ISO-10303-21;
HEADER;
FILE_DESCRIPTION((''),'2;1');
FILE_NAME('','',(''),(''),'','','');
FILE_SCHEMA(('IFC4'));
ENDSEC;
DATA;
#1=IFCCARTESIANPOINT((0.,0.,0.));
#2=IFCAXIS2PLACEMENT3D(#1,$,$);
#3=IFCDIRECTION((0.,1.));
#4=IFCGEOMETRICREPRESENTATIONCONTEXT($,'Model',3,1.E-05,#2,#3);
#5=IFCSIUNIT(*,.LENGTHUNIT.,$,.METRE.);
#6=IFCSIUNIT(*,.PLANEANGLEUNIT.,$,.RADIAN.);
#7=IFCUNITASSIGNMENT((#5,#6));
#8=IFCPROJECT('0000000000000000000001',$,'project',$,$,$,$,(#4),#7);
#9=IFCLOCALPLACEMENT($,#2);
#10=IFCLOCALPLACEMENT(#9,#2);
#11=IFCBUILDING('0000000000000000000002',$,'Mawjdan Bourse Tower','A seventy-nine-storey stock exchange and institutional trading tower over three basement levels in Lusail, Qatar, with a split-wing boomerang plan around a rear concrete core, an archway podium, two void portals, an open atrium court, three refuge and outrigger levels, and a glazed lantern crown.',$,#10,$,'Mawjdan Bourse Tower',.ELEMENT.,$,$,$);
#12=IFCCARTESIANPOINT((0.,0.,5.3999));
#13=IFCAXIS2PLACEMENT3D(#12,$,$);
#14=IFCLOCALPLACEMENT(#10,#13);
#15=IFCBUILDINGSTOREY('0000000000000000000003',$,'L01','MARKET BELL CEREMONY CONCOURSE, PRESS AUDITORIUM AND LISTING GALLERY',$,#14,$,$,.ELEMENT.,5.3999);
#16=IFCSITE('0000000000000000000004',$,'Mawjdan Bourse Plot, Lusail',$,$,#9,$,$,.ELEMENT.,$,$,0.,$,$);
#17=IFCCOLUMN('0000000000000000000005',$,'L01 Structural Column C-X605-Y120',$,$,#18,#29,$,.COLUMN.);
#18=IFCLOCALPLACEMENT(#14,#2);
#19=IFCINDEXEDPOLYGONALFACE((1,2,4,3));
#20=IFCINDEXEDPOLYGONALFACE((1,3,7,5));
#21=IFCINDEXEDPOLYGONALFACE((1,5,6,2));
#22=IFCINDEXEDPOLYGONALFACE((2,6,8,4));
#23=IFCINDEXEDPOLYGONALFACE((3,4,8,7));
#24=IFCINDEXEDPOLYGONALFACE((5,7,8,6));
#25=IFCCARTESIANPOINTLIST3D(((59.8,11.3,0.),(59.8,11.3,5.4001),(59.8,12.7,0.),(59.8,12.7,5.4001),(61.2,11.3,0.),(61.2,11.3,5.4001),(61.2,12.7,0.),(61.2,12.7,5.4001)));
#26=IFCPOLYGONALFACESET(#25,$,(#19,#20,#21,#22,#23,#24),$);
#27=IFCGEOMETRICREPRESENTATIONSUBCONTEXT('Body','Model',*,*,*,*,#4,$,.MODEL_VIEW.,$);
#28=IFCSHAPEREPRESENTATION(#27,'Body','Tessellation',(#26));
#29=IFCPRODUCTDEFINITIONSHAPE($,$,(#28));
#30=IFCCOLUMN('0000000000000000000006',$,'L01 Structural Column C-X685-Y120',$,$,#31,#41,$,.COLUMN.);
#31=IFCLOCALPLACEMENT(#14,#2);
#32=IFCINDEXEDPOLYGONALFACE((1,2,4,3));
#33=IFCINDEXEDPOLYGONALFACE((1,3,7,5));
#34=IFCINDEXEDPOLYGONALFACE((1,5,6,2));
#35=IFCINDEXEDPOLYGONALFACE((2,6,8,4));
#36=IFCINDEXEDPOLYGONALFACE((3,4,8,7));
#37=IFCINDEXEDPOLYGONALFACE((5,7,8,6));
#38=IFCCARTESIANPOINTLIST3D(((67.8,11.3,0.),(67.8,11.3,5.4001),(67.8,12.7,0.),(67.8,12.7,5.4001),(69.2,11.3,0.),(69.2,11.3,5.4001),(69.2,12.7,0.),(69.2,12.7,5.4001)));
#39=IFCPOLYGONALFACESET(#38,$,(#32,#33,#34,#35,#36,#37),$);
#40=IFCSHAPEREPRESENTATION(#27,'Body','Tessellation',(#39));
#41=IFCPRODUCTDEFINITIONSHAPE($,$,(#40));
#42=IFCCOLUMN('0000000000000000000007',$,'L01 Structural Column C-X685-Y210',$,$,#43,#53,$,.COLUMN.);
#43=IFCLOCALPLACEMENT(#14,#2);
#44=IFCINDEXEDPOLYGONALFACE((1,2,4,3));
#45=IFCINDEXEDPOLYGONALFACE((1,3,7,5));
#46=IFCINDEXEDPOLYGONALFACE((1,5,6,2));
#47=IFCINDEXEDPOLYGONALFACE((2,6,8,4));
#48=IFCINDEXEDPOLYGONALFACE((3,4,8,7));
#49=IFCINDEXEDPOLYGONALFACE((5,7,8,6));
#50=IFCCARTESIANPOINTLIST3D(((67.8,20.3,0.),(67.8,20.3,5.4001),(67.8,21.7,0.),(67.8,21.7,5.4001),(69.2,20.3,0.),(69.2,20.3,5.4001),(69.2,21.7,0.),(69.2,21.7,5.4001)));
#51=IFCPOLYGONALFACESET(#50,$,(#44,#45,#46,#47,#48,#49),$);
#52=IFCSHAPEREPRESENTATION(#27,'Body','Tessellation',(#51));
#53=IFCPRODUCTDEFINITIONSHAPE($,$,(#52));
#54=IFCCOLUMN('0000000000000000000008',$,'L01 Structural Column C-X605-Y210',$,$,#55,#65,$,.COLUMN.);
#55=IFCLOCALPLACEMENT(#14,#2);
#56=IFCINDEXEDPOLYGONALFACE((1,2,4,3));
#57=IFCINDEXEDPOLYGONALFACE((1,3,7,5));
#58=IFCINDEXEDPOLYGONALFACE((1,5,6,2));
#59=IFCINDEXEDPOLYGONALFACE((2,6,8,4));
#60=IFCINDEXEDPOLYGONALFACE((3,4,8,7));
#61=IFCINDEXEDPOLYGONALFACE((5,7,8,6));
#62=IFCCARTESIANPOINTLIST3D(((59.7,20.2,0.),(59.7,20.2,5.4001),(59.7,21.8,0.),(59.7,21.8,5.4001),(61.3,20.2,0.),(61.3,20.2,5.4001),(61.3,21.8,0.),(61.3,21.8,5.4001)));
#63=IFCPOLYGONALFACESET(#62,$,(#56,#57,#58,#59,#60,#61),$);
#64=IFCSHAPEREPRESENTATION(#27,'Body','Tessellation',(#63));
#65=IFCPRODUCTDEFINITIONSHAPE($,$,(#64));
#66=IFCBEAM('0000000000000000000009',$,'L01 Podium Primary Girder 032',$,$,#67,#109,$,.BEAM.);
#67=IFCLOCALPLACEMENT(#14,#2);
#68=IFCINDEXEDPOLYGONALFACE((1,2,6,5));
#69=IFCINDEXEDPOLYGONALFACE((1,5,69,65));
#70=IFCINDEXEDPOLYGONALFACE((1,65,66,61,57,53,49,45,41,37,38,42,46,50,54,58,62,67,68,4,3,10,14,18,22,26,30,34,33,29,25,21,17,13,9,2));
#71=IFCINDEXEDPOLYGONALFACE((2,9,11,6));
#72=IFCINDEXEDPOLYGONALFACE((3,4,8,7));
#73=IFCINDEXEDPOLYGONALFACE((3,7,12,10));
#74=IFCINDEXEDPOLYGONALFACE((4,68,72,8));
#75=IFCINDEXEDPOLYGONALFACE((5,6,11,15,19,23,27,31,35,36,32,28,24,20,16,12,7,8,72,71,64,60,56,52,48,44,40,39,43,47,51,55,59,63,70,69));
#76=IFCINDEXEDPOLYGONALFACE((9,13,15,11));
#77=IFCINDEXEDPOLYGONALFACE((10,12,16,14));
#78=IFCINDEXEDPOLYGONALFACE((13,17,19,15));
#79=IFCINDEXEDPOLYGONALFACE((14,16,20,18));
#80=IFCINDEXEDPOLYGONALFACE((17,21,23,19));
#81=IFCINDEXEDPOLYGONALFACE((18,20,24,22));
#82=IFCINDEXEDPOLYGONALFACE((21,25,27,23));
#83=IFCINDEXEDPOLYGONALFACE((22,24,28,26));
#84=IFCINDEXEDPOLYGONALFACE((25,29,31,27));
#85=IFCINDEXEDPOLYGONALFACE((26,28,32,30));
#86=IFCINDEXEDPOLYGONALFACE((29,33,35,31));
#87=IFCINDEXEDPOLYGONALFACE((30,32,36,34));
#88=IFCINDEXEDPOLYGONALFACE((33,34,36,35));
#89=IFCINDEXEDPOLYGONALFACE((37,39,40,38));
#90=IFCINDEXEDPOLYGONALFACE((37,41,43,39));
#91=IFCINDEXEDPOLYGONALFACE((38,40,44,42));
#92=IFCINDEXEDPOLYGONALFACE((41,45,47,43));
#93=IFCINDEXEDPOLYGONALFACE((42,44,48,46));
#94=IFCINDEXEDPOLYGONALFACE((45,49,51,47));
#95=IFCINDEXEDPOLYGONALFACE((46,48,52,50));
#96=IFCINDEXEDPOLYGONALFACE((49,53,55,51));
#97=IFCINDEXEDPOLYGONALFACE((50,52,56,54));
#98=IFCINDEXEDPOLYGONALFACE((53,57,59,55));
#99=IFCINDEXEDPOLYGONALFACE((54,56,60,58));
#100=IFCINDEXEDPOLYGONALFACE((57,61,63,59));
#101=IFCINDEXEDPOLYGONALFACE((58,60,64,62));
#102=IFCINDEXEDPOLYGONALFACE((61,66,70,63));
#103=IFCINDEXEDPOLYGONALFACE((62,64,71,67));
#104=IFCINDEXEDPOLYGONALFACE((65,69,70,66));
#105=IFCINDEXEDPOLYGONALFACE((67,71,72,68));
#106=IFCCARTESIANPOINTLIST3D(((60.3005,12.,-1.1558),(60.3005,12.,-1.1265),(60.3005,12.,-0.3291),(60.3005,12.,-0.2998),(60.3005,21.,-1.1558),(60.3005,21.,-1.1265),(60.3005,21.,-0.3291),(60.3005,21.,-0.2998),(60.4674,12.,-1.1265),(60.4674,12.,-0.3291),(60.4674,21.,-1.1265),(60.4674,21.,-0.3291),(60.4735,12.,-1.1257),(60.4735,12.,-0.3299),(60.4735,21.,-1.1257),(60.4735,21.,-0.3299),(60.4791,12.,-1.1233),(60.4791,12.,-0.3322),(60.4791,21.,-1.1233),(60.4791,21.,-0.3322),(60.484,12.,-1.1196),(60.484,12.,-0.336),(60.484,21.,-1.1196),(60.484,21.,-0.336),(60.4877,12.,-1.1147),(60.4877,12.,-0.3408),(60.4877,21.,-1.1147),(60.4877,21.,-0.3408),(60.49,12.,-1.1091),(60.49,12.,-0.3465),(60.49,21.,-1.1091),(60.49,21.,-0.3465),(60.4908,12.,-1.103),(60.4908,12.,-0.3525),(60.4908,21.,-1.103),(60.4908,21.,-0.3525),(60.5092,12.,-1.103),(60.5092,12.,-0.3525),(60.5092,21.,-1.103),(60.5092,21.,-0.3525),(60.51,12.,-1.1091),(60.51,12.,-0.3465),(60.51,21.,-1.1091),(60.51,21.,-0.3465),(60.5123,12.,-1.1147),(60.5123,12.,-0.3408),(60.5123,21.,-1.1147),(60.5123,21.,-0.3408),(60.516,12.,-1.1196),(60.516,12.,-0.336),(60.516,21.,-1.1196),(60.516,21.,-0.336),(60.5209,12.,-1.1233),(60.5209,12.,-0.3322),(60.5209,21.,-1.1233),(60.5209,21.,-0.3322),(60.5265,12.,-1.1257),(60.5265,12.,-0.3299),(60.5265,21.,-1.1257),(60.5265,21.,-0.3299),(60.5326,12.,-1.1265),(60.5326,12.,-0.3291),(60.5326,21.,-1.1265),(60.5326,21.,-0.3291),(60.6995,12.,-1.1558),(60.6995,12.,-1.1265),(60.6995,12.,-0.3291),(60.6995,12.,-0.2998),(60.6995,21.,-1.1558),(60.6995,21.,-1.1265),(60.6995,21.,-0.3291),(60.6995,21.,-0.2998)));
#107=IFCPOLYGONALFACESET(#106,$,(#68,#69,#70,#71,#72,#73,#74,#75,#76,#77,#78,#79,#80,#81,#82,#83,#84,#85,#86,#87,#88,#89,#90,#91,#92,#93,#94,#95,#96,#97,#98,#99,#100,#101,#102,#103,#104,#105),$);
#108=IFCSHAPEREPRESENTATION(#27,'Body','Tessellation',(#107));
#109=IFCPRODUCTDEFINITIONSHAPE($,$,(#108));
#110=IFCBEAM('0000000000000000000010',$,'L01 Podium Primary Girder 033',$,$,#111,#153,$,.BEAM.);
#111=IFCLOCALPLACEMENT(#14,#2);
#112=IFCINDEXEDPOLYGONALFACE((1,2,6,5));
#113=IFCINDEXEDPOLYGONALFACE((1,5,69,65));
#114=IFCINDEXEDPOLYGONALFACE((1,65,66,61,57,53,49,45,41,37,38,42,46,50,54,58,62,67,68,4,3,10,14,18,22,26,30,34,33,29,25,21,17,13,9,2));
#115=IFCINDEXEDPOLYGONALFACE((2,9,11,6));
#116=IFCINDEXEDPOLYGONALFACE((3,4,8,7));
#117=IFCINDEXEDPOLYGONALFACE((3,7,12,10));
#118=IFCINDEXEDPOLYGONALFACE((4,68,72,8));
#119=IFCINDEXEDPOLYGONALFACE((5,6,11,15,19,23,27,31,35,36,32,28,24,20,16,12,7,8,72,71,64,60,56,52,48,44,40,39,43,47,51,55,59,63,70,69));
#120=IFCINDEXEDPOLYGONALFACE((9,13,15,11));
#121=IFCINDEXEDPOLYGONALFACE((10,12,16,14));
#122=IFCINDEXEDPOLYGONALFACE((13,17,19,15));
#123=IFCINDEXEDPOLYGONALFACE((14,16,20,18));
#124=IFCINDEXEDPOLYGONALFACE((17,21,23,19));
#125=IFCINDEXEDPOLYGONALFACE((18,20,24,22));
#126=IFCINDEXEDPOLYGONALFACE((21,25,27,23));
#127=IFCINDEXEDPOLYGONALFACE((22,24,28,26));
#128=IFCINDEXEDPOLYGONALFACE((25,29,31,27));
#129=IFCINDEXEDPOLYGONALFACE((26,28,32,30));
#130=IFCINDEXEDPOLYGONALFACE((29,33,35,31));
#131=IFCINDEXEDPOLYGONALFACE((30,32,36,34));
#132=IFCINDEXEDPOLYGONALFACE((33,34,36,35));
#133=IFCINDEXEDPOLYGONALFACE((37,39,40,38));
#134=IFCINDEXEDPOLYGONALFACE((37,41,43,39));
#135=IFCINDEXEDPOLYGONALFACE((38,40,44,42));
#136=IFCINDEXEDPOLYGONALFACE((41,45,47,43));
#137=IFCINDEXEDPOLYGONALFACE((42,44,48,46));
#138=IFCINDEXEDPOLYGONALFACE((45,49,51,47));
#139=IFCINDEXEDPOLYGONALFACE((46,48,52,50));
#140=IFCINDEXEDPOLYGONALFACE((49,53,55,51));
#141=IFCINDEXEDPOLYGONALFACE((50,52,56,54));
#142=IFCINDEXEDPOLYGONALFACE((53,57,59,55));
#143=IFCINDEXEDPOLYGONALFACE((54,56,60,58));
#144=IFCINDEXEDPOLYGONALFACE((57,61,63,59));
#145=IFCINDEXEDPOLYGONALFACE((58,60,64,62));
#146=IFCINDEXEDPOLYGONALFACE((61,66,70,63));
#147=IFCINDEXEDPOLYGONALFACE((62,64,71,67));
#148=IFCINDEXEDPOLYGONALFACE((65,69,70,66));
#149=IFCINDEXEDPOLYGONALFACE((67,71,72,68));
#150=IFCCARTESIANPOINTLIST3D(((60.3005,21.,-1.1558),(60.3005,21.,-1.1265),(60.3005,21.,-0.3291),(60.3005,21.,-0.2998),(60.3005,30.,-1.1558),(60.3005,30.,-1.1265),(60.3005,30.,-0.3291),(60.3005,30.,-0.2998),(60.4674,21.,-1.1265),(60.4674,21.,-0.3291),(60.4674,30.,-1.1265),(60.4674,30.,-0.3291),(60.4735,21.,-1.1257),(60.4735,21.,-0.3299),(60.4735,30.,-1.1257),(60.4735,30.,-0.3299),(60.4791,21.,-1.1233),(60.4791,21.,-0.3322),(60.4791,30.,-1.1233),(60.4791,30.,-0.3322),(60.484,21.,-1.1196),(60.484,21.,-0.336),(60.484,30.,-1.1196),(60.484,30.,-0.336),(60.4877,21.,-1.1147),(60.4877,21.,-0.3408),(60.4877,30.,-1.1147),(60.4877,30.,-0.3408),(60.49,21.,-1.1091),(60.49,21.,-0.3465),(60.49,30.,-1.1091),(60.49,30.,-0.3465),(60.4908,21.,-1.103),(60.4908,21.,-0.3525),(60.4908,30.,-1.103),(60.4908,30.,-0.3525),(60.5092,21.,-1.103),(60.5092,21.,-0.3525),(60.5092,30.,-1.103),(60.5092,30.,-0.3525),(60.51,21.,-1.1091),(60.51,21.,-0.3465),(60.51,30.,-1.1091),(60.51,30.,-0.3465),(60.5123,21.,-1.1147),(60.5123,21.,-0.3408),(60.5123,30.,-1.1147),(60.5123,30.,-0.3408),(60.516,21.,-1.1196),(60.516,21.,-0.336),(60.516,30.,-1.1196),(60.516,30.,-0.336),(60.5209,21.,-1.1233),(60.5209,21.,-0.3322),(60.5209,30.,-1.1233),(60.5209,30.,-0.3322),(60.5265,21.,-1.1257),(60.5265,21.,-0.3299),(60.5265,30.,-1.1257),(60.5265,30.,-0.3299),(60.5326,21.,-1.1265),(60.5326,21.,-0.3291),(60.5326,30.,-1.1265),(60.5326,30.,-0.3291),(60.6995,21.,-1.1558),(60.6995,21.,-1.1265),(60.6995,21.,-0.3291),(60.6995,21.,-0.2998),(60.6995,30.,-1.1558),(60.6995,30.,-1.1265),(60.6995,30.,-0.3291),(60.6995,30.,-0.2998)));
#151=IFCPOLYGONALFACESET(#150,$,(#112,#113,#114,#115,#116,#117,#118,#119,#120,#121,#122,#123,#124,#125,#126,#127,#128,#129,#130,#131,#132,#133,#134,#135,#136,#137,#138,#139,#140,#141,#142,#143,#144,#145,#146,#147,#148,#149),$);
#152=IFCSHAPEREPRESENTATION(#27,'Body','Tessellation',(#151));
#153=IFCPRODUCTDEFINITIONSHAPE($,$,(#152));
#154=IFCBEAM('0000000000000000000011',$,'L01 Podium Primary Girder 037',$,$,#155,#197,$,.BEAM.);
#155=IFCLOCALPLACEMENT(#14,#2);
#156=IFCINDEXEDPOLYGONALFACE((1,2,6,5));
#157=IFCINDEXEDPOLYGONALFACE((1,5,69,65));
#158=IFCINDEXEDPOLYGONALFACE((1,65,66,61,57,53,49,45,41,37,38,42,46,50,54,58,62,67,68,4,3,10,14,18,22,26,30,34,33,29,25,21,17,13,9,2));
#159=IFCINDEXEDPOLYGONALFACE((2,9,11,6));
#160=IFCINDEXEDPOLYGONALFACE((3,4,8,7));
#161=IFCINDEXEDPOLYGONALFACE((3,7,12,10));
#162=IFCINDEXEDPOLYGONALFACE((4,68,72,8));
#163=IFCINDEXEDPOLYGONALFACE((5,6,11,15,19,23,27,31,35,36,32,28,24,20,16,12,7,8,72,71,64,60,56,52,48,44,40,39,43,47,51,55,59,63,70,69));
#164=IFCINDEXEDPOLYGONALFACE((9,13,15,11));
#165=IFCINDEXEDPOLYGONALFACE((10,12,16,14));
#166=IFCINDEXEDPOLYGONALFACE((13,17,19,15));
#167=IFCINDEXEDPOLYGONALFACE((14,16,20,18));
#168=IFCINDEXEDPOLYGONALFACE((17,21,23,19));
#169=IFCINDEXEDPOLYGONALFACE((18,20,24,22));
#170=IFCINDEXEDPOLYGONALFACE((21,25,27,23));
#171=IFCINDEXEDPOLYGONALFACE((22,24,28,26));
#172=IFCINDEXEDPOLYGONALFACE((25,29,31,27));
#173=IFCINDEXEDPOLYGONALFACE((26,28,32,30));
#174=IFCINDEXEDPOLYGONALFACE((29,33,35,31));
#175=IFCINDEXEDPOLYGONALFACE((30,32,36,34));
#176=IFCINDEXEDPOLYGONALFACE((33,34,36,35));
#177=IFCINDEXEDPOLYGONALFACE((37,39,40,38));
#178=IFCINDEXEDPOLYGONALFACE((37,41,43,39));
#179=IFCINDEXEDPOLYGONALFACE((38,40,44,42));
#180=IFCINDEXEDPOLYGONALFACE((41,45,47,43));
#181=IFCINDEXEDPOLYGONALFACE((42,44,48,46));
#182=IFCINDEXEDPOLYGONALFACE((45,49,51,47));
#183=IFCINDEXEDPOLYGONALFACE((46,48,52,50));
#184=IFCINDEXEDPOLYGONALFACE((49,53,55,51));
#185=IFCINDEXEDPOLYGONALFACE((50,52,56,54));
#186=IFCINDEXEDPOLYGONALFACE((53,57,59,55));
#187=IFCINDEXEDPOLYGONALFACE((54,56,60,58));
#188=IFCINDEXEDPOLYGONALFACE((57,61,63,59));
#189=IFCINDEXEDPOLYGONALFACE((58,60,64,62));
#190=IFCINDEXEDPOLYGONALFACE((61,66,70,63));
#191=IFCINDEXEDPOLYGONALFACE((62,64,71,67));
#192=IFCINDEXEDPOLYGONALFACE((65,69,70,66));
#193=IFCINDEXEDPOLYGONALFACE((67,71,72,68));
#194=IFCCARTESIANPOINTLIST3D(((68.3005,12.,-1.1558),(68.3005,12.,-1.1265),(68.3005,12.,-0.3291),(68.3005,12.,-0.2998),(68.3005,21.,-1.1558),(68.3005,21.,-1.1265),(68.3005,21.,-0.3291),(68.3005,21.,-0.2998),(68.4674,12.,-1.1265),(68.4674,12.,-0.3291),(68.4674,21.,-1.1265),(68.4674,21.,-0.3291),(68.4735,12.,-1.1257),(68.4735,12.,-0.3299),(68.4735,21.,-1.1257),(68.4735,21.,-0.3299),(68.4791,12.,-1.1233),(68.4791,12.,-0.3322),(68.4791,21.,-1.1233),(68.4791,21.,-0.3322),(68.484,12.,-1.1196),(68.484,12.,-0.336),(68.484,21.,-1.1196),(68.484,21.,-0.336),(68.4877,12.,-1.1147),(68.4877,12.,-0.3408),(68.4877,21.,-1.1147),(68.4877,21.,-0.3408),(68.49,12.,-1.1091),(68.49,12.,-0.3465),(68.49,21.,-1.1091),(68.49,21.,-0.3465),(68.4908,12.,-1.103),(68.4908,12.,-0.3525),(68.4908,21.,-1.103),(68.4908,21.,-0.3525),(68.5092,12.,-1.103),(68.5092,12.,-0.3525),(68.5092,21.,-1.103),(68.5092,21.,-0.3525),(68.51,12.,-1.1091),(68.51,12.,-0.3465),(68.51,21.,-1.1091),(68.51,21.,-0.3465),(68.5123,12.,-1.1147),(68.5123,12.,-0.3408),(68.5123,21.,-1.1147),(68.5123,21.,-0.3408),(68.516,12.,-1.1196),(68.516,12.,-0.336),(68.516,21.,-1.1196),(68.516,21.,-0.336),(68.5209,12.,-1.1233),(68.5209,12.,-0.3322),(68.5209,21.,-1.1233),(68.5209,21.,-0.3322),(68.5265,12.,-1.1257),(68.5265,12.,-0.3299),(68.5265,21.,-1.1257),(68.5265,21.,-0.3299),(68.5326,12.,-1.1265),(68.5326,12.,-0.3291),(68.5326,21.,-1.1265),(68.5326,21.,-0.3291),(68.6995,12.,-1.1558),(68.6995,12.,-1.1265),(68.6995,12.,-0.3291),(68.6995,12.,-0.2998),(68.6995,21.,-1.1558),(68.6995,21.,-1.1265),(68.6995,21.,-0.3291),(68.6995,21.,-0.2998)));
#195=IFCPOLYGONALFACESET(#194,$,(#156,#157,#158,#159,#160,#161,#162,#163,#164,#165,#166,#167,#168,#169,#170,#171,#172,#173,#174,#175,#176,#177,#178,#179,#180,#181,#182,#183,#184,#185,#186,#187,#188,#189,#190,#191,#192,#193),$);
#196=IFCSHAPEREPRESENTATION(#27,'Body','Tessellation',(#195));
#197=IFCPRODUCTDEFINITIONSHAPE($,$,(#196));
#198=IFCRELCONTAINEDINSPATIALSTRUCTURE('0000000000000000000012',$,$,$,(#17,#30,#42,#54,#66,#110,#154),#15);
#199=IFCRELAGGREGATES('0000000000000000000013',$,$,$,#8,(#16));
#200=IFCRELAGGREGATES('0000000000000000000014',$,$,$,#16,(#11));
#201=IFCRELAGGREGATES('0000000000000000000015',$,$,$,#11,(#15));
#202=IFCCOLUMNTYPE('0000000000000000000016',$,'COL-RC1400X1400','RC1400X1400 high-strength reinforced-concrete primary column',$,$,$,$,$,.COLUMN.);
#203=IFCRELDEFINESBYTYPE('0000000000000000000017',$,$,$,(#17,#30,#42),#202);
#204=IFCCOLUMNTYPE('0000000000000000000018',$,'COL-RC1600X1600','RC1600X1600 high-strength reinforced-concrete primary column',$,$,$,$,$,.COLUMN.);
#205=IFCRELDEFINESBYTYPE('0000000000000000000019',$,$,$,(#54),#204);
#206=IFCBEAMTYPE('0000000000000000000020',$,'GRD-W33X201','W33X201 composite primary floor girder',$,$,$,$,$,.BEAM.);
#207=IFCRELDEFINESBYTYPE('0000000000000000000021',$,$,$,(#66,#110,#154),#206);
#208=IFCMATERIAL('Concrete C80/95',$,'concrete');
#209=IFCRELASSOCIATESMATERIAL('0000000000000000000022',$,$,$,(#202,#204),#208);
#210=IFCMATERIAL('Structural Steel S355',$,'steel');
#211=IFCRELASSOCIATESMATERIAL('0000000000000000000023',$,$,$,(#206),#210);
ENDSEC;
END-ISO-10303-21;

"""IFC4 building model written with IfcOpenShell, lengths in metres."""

from ifc_helpers import new_model, si_unit, direction, frame, origin, origin_2d, place, context, subcontext, project, spatial, rectangle, i_section, extrude, material, material_profile, profile_set, type_object, element, save


model = new_model("IFC4")

# Units and contexts
model_context = context("Model", 3, precision=1e-05, world=origin(), true_north=direction((0.0, 1.0)))
body_context = subcontext(model_context, "Body", "Model", "MODEL_VIEW")
ifc_project = project(units=[si_unit("LENGTHUNIT", "METRE"), si_unit("PLANEANGLEUNIT", "RADIAN")], contexts=[model_context])

# Site, building, storey
site_placement = place(None, origin())
site = spatial("IfcSite", under=ifc_project, at=site_placement, Name="Mawjdan Bourse Plot, Lusail", CompositionType="ELEMENT", RefElevation=0.0)
building_placement = place(site_placement, origin())
building = spatial("IfcBuilding", under=site, at=building_placement, Name="Mawjdan Bourse Tower", Description="A seventy-nine-storey stock exchange and institutional trading tower over three basement levels in Lusail, Qatar, with a split-wing boomerang plan around a rear concrete core, an archway podium, two void portals, an open atrium court, three refuge and outrigger levels, and a glazed lantern crown.", LongName="Mawjdan Bourse Tower", CompositionType="ELEMENT")
storey_placement = place(building_placement, frame((0.0, 0.0, 5.3999)))
storey = spatial("IfcBuildingStorey", under=building, at=storey_placement, Name="L01", Description="MARKET BELL CEREMONY CONCOURSE, PRESS AUDITORIUM AND LISTING GALLERY", CompositionType="ELEMENT", Elevation=5.3999)

# Columns
ifc_material_1 = material(Name="Concrete C80/95", Category="concrete")
ifc_material_profile_1 = material_profile(ifc_material_1, rectangle(XDim=1.3999, YDim=1.3999, at=origin_2d()), Name="RC1400X1400")
ifc_profile_set_1 = profile_set([ifc_material_profile_1], Name="Concrete C80/95")
column_type_1 = type_object("IfcColumnType", Name="COL-RC1400X1400", Description="RC1400X1400 high-strength reinforced-concrete primary column", PredefinedType="COLUMN", material=ifc_profile_set_1)
for number, where, z_axis, x_axis, name in (
    (1, (60.5, 12.0, 0.0), (0.0, 0.0, 1.0), (1.0, 0.0, 0.0), "L01 Structural Column C-X605-Y120"),
    (2, (68.5, 12.0, 0.0), (0.0, 0.0, 1.0), (1.0, 0.0, 0.0), "L01 Structural Column C-X685-Y120"),
    (3, (68.5, 21.0, 0.0), (0.0, 0.0, 1.0), (1.0, 0.0, 0.0), "L01 Structural Column C-X685-Y210"),
):
    element("IfcColumn", number, at=place(storey_placement, frame(where, z_axis=z_axis, x_axis=x_axis)), inside=storey, type_object=column_type_1, Name=name, PredefinedType="COLUMN", context=body_context, shape_type="SweptSolid", body=[
        extrude(rectangle(XDim=1.3999, YDim=1.3999, at=origin_2d()), origin(), (0.0, 0.0, 1.0), 5.4001),
    ])
ifc_material_profile_2 = material_profile(ifc_material_1, rectangle(XDim=1.6001, YDim=1.6001, at=origin_2d()), Name="RC1600X1600")
ifc_profile_set_2 = profile_set([ifc_material_profile_2], Name="Concrete C80/95")
column_type_2 = type_object("IfcColumnType", Name="COL-RC1600X1600", Description="RC1600X1600 high-strength reinforced-concrete primary column", PredefinedType="COLUMN", material=ifc_profile_set_2)
column_placement = place(storey_placement, frame((60.5, 21.0, 0.0), z_axis=(0.0, 0.0, 1.0), x_axis=(1.0, 0.0, 0.0)))
element("IfcColumn", 4, at=column_placement, inside=storey, type_object=column_type_2, Name="L01 Structural Column C-X605-Y210", PredefinedType="COLUMN", context=body_context, shape_type="SweptSolid", body=[
    extrude(rectangle(XDim=1.6001, YDim=1.6001, at=origin_2d()), origin(), (0.0, 0.0, 1.0), 5.4001),
])

# Beams
ifc_material_2 = material(Name="Structural Steel S355", Category="steel")
ifc_material_profile_3 = material_profile(ifc_material_2, i_section(OverallWidth=0.3989, OverallDepth=0.856, WebThickness=0.0183, FlangeThickness=0.0293, FilletRadius=0.0234, at=origin_2d()), Name="W33X201")
ifc_profile_set_3 = profile_set([ifc_material_profile_3], Name="Structural Steel S355")
beam_type_1 = type_object("IfcBeamType", Name="GRD-W33X201", Description="W33X201 composite primary floor girder", PredefinedType="BEAM", material=ifc_profile_set_3)
for number, where, z_axis, x_axis, name in (
    (5, (60.5, 12.0, -0.7278), (0.0, 1.0, 0.0), (-1.0, 0.0, 0.0), "L01 Podium Primary Girder 032"),
    (6, (60.5, 21.0, -0.7278), (0.0, 1.0, 0.0), (-1.0, 0.0, 0.0), "L01 Podium Primary Girder 033"),
    (7, (68.5, 12.0, -0.7278), (0.0, 1.0, 0.0), (-1.0, 0.0, 0.0), "L01 Podium Primary Girder 037"),
):
    element("IfcBeam", number, at=place(storey_placement, frame(where, z_axis=z_axis, x_axis=x_axis)), inside=storey, type_object=beam_type_1, Name=name, PredefinedType="BEAM", context=body_context, shape_type="SweptSolid", body=[
        extrude(i_section(OverallWidth=0.3989, OverallDepth=0.856, WebThickness=0.0183, FlangeThickness=0.0293, FilletRadius=0.0234, at=origin_2d()), origin(), (0.0, 0.0, 1.0), 9.0),
    ])

save(model, "model.ifc")
